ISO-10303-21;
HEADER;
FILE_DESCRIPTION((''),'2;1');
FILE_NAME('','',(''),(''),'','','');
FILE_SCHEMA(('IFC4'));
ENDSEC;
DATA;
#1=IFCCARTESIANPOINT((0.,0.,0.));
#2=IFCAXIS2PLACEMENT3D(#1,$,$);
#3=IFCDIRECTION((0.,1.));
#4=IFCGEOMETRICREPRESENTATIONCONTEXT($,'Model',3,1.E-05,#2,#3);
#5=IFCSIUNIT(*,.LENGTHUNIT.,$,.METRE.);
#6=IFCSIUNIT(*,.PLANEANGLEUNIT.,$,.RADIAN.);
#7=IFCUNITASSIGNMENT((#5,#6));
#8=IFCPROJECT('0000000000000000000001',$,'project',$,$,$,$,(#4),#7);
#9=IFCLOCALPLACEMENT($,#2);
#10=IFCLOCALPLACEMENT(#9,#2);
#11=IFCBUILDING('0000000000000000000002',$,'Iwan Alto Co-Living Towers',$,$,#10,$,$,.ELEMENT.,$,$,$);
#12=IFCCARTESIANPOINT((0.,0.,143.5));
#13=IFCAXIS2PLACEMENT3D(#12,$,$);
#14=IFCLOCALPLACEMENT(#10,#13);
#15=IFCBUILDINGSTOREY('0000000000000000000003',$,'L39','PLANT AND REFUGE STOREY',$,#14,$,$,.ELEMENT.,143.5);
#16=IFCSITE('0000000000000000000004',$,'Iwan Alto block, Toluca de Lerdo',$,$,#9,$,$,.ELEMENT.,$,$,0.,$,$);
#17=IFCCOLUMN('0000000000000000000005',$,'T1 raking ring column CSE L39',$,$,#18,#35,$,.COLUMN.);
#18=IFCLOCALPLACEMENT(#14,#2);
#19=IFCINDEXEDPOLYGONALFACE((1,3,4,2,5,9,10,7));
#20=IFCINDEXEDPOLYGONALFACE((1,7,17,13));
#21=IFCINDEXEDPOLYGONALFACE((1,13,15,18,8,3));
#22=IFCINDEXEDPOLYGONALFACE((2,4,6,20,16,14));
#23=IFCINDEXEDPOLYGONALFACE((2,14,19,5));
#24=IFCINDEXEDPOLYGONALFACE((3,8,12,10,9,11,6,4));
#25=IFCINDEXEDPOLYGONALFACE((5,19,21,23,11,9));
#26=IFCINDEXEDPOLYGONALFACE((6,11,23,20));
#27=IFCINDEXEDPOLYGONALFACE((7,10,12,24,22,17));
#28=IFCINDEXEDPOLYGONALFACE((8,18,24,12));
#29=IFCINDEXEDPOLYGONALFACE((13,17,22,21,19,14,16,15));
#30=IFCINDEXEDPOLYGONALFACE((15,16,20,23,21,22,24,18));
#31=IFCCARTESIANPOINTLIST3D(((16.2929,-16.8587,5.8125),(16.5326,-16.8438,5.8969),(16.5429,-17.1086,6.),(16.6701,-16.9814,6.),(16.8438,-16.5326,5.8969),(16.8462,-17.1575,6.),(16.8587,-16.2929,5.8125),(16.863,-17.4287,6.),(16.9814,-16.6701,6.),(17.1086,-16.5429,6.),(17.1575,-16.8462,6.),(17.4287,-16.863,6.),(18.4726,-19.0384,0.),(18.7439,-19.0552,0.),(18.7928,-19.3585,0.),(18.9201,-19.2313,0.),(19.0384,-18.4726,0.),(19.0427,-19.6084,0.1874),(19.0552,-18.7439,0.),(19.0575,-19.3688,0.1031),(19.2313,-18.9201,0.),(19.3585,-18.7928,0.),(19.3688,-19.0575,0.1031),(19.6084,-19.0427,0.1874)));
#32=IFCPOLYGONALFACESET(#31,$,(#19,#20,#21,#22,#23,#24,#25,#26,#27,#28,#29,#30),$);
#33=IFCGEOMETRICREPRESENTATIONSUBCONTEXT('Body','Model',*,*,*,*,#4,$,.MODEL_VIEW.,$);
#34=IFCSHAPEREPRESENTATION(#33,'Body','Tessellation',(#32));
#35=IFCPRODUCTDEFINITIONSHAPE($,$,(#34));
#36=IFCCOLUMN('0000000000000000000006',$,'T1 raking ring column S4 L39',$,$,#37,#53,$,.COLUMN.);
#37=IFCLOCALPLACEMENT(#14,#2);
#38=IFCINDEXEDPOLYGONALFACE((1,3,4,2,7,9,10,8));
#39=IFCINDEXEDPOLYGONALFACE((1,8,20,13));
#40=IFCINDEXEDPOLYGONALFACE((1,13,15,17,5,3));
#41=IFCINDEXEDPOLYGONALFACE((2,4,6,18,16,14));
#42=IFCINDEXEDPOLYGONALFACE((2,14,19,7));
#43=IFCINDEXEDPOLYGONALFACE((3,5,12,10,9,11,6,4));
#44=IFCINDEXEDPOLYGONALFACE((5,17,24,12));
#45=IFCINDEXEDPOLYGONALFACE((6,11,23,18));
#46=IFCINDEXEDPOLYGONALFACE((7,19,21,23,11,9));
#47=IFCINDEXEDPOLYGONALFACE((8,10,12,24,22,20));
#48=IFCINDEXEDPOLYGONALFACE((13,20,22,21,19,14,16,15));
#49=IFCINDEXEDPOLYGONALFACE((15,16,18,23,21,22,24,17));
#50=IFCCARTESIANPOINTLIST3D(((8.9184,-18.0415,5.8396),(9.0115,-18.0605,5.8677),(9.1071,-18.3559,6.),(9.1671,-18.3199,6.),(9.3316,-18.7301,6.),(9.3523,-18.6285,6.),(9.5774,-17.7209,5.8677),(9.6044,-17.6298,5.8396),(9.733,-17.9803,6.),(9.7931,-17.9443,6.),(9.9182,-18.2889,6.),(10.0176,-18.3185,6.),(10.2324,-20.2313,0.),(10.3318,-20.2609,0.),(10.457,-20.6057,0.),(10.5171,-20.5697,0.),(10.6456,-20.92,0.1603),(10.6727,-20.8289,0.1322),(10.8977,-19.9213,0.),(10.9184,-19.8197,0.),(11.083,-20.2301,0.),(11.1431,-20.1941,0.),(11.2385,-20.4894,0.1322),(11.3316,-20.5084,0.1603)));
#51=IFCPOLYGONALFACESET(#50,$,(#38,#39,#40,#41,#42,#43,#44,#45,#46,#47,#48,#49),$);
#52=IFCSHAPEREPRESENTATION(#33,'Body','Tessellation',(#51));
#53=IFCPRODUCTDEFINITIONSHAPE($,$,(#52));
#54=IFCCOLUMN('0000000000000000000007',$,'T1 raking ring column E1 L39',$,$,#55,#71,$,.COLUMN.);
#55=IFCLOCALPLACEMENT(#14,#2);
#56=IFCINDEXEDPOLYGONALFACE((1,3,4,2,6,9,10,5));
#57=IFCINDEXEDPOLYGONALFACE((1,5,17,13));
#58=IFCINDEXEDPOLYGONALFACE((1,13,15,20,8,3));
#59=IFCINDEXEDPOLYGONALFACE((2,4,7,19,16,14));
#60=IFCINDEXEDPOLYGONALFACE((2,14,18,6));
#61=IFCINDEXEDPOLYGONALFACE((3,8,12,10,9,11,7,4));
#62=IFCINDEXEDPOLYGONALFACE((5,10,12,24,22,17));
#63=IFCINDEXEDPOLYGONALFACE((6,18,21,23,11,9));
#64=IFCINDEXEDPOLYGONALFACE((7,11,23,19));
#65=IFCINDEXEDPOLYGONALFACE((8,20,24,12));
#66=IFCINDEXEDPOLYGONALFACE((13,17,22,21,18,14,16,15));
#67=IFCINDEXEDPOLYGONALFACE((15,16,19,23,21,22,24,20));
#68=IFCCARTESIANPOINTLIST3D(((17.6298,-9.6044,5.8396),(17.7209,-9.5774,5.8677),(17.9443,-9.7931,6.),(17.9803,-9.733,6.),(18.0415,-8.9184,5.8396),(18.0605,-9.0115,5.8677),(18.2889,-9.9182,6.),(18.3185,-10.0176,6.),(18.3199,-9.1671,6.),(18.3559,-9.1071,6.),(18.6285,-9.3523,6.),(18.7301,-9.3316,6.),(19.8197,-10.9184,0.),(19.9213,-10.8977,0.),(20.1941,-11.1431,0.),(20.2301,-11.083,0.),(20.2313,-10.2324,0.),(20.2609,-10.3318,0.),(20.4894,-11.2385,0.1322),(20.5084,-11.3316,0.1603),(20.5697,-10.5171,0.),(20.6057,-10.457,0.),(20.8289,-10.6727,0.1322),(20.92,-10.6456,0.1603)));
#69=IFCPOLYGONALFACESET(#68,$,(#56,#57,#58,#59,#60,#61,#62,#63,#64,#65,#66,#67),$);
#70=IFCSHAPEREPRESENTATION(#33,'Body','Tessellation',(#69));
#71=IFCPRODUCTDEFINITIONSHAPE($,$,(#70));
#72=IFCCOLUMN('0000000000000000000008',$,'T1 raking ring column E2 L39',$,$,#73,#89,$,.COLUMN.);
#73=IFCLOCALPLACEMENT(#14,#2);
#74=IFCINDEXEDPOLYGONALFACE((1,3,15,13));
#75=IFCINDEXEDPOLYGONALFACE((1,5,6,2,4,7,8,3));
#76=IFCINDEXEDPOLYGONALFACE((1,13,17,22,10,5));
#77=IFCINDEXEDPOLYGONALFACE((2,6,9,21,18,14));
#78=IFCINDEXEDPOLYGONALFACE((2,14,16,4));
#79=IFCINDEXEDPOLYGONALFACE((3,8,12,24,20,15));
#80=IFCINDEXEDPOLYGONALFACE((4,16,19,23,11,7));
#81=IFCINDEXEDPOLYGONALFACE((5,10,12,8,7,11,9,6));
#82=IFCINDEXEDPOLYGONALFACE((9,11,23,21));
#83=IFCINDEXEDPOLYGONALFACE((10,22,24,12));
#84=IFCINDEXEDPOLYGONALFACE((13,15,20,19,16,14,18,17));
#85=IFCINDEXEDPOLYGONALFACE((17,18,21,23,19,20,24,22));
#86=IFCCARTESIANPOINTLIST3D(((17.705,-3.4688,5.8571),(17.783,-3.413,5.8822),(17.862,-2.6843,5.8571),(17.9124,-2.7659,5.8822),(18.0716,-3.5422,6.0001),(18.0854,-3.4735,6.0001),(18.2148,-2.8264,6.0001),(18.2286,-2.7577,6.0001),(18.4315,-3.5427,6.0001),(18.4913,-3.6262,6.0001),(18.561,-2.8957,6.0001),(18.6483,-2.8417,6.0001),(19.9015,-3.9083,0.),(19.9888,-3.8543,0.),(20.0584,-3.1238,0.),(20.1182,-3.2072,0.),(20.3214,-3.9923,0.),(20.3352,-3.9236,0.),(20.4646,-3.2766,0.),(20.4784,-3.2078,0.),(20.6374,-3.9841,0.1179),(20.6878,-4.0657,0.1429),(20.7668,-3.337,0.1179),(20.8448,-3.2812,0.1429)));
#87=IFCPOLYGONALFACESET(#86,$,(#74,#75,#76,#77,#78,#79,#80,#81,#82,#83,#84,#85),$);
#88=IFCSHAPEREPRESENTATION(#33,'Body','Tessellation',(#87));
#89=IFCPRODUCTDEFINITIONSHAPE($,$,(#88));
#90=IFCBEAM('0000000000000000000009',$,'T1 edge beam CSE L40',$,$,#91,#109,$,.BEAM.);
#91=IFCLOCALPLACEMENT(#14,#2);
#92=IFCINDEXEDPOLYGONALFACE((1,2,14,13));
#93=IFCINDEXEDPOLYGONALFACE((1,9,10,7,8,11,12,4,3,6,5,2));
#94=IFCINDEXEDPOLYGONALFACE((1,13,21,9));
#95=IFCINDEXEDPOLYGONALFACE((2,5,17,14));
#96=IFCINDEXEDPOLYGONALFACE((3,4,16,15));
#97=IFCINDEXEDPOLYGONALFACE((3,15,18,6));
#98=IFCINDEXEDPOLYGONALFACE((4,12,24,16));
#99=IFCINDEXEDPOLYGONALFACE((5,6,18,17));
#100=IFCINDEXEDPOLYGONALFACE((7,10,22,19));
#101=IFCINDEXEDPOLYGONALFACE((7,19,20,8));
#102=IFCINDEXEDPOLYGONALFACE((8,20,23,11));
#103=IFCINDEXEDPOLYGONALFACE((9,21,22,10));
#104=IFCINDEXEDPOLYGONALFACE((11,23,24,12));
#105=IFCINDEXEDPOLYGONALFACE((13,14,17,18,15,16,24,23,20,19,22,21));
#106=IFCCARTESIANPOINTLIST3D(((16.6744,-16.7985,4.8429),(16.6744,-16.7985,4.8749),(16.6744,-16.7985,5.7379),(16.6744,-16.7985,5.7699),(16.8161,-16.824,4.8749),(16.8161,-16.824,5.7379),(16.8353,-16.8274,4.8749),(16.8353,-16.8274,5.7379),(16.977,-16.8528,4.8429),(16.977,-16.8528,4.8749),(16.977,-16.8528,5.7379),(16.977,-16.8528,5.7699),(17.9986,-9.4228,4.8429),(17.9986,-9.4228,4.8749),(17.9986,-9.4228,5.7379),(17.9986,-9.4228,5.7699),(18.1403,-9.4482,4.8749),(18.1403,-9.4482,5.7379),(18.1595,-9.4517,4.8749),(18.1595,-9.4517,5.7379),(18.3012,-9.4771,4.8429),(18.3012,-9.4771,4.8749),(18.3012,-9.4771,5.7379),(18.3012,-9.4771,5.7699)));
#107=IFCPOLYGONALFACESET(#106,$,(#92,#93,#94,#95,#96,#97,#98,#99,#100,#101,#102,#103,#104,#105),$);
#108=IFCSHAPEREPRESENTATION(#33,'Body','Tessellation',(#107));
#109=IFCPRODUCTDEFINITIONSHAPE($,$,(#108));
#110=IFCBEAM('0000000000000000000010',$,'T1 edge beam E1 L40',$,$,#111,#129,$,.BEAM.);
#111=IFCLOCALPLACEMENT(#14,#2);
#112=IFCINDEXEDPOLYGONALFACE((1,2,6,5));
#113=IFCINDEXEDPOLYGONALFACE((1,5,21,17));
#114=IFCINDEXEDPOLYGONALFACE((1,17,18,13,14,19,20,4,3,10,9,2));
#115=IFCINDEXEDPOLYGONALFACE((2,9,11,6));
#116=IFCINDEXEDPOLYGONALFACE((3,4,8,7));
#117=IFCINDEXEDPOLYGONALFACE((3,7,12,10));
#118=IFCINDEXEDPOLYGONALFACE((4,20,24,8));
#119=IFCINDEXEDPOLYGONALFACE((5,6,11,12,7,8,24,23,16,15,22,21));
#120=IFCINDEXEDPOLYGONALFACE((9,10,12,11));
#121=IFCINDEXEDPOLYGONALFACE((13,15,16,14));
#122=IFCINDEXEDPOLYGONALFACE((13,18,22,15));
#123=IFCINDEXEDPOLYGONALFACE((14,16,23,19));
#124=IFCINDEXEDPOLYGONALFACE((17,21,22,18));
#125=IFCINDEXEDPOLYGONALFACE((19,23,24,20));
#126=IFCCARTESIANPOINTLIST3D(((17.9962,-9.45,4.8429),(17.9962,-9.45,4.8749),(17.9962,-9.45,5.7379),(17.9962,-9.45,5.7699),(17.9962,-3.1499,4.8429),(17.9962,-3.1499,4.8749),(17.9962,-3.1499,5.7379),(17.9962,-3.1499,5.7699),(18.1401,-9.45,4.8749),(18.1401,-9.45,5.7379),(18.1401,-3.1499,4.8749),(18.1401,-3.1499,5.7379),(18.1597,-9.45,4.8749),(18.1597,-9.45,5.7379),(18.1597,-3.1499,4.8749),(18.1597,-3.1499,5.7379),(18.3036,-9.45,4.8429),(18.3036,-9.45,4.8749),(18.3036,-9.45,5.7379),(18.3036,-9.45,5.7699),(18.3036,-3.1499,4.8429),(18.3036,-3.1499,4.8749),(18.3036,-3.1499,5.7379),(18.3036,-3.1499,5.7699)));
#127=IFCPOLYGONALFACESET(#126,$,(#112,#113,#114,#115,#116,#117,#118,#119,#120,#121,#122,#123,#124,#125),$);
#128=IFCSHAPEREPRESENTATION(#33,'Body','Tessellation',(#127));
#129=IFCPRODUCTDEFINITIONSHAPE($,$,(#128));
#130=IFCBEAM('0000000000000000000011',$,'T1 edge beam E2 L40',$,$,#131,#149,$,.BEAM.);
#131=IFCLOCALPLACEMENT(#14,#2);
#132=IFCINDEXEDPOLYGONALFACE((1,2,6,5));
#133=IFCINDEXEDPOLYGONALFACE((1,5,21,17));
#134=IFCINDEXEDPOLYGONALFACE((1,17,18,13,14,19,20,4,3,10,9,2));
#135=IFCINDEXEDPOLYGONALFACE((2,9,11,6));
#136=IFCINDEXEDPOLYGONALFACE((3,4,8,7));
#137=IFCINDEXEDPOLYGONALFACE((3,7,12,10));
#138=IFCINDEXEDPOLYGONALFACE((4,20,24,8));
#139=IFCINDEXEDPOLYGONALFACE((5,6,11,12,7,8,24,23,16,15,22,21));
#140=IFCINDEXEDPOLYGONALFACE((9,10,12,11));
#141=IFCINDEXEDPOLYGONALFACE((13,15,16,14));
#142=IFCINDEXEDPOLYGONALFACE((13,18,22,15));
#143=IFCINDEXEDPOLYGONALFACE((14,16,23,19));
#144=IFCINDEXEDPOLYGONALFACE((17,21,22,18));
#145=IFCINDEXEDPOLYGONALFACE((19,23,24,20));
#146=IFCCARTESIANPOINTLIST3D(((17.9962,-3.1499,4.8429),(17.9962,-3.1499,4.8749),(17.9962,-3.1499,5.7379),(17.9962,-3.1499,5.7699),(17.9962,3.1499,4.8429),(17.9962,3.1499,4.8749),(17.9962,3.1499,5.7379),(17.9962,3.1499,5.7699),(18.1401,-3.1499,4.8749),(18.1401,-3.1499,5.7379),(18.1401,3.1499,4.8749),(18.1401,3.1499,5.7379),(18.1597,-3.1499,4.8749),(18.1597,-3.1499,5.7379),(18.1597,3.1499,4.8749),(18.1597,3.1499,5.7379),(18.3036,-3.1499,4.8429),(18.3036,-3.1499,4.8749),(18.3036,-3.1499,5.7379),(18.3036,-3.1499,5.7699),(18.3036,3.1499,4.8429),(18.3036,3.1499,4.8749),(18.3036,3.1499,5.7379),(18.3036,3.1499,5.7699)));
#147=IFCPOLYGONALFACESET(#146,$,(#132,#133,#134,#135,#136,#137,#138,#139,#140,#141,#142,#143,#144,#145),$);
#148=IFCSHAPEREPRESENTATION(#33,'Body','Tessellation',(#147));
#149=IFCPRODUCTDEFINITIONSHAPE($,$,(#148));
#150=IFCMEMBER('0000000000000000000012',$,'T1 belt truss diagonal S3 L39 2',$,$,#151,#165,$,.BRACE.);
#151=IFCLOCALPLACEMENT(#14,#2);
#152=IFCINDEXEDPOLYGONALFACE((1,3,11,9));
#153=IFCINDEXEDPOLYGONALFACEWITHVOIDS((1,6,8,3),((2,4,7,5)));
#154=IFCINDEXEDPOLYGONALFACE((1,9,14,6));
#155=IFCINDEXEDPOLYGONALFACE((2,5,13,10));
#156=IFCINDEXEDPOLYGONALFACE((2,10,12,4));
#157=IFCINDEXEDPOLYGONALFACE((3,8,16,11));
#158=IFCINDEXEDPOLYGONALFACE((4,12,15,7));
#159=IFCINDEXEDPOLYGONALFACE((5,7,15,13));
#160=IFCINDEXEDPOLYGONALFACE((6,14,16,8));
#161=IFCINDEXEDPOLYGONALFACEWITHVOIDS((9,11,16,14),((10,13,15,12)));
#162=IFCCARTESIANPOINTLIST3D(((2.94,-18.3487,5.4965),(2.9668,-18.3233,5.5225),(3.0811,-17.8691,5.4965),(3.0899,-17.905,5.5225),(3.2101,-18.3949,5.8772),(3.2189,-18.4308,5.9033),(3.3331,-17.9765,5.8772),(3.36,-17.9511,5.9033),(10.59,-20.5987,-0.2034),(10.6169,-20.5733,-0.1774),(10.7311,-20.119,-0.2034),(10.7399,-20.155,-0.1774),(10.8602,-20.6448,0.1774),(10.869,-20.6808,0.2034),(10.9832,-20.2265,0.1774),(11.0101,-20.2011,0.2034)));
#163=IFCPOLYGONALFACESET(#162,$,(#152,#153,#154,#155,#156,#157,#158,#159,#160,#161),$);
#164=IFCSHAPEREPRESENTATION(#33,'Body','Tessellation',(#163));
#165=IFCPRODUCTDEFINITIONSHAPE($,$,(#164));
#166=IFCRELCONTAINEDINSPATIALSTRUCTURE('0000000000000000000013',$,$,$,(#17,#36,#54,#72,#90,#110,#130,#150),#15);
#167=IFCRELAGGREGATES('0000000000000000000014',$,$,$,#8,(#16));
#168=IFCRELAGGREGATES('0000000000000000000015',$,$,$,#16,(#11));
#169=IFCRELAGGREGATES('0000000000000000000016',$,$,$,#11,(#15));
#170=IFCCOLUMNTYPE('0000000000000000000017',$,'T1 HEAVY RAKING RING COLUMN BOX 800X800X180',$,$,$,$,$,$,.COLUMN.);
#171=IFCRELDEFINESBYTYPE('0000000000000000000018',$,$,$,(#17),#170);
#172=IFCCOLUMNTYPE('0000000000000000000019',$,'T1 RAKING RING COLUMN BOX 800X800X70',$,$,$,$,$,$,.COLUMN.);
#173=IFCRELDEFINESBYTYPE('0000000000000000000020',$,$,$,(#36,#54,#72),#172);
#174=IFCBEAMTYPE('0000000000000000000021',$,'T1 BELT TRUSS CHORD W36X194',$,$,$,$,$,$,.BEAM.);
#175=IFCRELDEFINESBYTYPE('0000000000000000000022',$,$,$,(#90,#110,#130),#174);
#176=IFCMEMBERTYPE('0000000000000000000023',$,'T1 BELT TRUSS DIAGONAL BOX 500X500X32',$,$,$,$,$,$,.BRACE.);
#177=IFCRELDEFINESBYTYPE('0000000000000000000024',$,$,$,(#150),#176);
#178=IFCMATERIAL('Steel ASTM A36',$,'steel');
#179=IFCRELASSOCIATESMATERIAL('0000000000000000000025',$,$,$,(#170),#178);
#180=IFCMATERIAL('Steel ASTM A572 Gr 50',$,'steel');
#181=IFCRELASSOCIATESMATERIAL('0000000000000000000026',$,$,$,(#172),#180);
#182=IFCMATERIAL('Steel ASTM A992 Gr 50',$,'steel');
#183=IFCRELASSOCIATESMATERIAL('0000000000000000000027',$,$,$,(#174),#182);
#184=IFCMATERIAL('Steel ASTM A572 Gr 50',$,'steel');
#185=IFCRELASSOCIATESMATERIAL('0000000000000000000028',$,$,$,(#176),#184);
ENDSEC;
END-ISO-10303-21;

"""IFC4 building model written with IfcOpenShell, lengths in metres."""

from ifc_helpers import new_model, si_unit, direction, frame, origin, origin_2d, place, context, subcontext, project, spatial, hollow_rectangle, i_section, extrude, clip, halfspace, material, material_profile, profile_set, type_object, element, save


model = new_model("IFC4")

# Units and contexts
model_context = context("Model", 3, precision=1e-05, world=origin(), true_north=direction((0.0, 1.0)))
body_context = subcontext(model_context, "Body", "Model", "MODEL_VIEW")
ifc_project = project(units=[si_unit("LENGTHUNIT", "METRE"), si_unit("PLANEANGLEUNIT", "RADIAN")], contexts=[model_context])

# Site, building, storey
site_placement = place(None, origin())
site = spatial("IfcSite", under=ifc_project, at=site_placement, Name="Iwan Alto block, Toluca de Lerdo", CompositionType="ELEMENT", RefElevation=0.0)
building_placement = place(site_placement, origin())
building = spatial("IfcBuilding", under=site, at=building_placement, Name="Iwan Alto Co-Living Towers", CompositionType="ELEMENT")
storey_placement = place(building_placement, frame((0.0, 0.0, 143.5)))
storey = spatial("IfcBuildingStorey", under=building, at=storey_placement, Name="L39", Description="PLANT AND REFUGE STOREY", CompositionType="ELEMENT", Elevation=143.5)

# Columns
ifc_material_1 = material(Name="Steel ASTM A36", Category="steel")
ifc_material_profile_1 = material_profile(ifc_material_1, hollow_rectangle(XDim=0.8, YDim=0.8, WallThickness=0.1799, at=origin_2d()), Name="BOX 800X800X180")
ifc_profile_set_1 = profile_set([ifc_material_profile_1], Name="Steel ASTM A36")
column_type_1 = type_object("IfcColumnType", Name="T1 HEAVY RAKING RING COLUMN BOX 800X800X180", PredefinedType="COLUMN", material=ifc_profile_set_1)
column_1_placement = place(storey_placement, frame((19.0757, -19.0757, 0.0), z_axis=(-0.331295, 0.331295, 0.883452), x_axis=(-0.707107, -0.707107, 0.0)))
element("IfcColumn", 1, at=column_1_placement, inside=storey, type_object=column_type_1, Name="T1 raking ring column CSE L39", PredefinedType="COLUMN", context=body_context, shape_type="Clipping", body=[
    clip(clip(extrude(hollow_rectangle(XDim=0.8, YDim=0.8, WallThickness=0.1799, at=origin_2d()), origin(), (0.0, 0.0, 1.0), 6.7915), halfspace(frame((0.0, 0.0, 0.0), z_axis=(0.0, -0.468521, -0.883452), x_axis=(-0.707107, 0.624695, -0.331295)), False)), halfspace(frame((0.0, 2.811, 5.3008), z_axis=(0.0, 0.468521, 0.883452), x_axis=(-0.707107, 0.624695, -0.331295)), False)),
])
ifc_material_2 = material(Name="Steel ASTM A572 Gr 50", Category="steel")
ifc_material_profile_2 = material_profile(ifc_material_2, hollow_rectangle(XDim=0.8, YDim=0.8, WallThickness=0.0701, at=origin_2d()), Name="BOX 800X800X70")
ifc_profile_set_2 = profile_set([ifc_material_profile_2], Name="Steel ASTM A572 Gr 50")
column_type_2 = type_object("IfcColumnType", Name="T1 RAKING RING COLUMN BOX 800X800X70", PredefinedType="COLUMN", material=ifc_profile_set_2)
column_2_placement = place(storey_placement, frame((10.8, -20.3999, 0.0), z_axis=(-0.206163, 0.34358, 0.916215), x_axis=(-0.857477, -0.514523, 0.0)))
element("IfcColumn", 2, at=column_2_placement, inside=storey, type_object=column_type_2, Name="T1 raking ring column S4 L39", PredefinedType="COLUMN", context=body_context, shape_type="Clipping", body=[
    clip(clip(extrude(hollow_rectangle(XDim=0.8, YDim=0.8, WallThickness=0.0701, at=origin_2d()), origin(), (0.0, 0.0, 1.0), 6.5486), halfspace(frame((0.0, 0.0, 0.0), z_axis=(0.0, -0.400688, -0.916215), x_axis=(-0.857477, 0.471414, -0.206163)), False)), halfspace(frame((0.0, 2.4041, 5.4973), z_axis=(0.0, 0.400688, 0.916215), x_axis=(-0.857477, 0.471414, -0.206163)), False)),
])
column_3_placement = place(storey_placement, frame((20.3999, -10.8, 0.0), z_axis=(-0.34358, 0.206163, 0.916215), x_axis=(-0.514523, -0.857477, 0.0)))
element("IfcColumn", 3, at=column_3_placement, inside=storey, type_object=column_type_2, Name="T1 raking ring column E1 L39", PredefinedType="COLUMN", context=body_context, shape_type="Clipping", body=[
    clip(clip(extrude(hollow_rectangle(XDim=0.8, YDim=0.8, WallThickness=0.0701, at=origin_2d()), origin(), (0.0, 0.0, 1.0), 6.5486), halfspace(frame((0.0, 0.0, 0.0), z_axis=(0.0, -0.400688, -0.916215), x_axis=(-0.514523, 0.785632, -0.34358)), False)), halfspace(frame((0.0, 2.4041, 5.4973), z_axis=(0.0, 0.400688, 0.916215), x_axis=(-0.514523, 0.785632, -0.34358)), False)),
])
column_4_placement = place(storey_placement, frame((20.3999, -3.6001, 0.0), z_axis=(-0.35026, 0.070082, 0.934027), x_axis=(-0.196198, -0.980564, 0.0)))
element("IfcColumn", 4, at=column_4_placement, inside=storey, type_object=column_type_2, Name="T1 raking ring column E2 L39", PredefinedType="COLUMN", context=body_context, shape_type="Clipping", body=[
    clip(clip(extrude(hollow_rectangle(XDim=0.8, YDim=0.8, WallThickness=0.0701, at=origin_2d()), origin(), (0.0, 0.0, 1.0), 6.4238), halfspace(frame((0.0, 0.0, 0.0), z_axis=(0.0, -0.357203, -0.934027), x_axis=(-0.196198, 0.915873, -0.35026)), False)), halfspace(frame((0.0, 2.1433, 5.6042), z_axis=(0.0, 0.357203, 0.934027), x_axis=(-0.196198, 0.915873, -0.35026)), False)),
])

# Beams
ifc_material_3 = material(Name="Steel ASTM A992 Gr 50", Category="steel")
ifc_material_profile_3 = material_profile(ifc_material_3, i_section(OverallWidth=0.3074, OverallDepth=0.927, WebThickness=0.0195, FlangeThickness=0.032, at=origin_2d()), Name="W36X194")
ifc_profile_set_3 = profile_set([ifc_material_profile_3], Name="Steel ASTM A992 Gr 50")
beam_type_1 = type_object("IfcBeamType", Name="T1 BELT TRUSS CHORD W36X194", PredefinedType="BEAM", material=ifc_profile_set_3)
beam_1_placement = place(storey_placement, frame((16.8257, -16.8257, 5.3064), z_axis=(0.176712, 0.984263, 0.0), x_axis=(-0.984263, 0.176712, 0.0)))
element("IfcBeam", 5, at=beam_1_placement, inside=storey, type_object=beam_type_1, Name="T1 edge beam CSE L40", PredefinedType="BEAM", context=body_context, shape_type="SweptSolid", body=[
    extrude(i_section(OverallWidth=0.3074, OverallDepth=0.927, WebThickness=0.0195, FlangeThickness=0.032, at=origin_2d()), origin(), (0.0, 0.0, 1.0), 7.4937),
])
beam_2_placement = place(storey_placement, frame((18.1499, -9.45, 5.3064), z_axis=(0.0, 1.0, 0.0), x_axis=(-1.0, 0.0, 0.0)))
element("IfcBeam", 6, at=beam_2_placement, inside=storey, type_object=beam_type_1, Name="T1 edge beam E1 L40", PredefinedType="BEAM", context=body_context, shape_type="SweptSolid", body=[
    extrude(i_section(OverallWidth=0.3074, OverallDepth=0.927, WebThickness=0.0195, FlangeThickness=0.032, at=origin_2d()), origin(), (0.0, 0.0, 1.0), 6.3),
])
beam_3_placement = place(storey_placement, frame((18.1499, -3.1499, 5.3064), z_axis=(0.0, 1.0, 0.0), x_axis=(-1.0, 0.0, 0.0)))
element("IfcBeam", 7, at=beam_3_placement, inside=storey, type_object=beam_type_1, Name="T1 edge beam E2 L40", PredefinedType="BEAM", context=body_context, shape_type="SweptSolid", body=[
    extrude(i_section(OverallWidth=0.3074, OverallDepth=0.927, WebThickness=0.0195, FlangeThickness=0.032, at=origin_2d()), origin(), (0.0, 0.0, 1.0), 6.2998),
])

# Member
ifc_material_4 = material(Name="Steel ASTM A572 Gr 50", Category="steel")
ifc_material_profile_4 = material_profile(ifc_material_4, hollow_rectangle(XDim=0.5, YDim=0.5, WallThickness=0.032, at=origin_2d()), Name="BOX 500X500X32")
ifc_profile_set_4 = profile_set([ifc_material_profile_4], Name="Steel ASTM A572 Gr 50")
member_type_1 = type_object("IfcMemberType", Name="T1 BELT TRUSS DIAGONAL BOX 500X500X32", PredefinedType="BRACE", material=ifc_profile_set_4)
member_1_placement = place(storey_placement, frame((10.8, -20.3999, 0.0), z_axis=(-0.780478, 0.229548, 0.581517), x_axis=(-0.282161, -0.959367, 0.0)))
element("IfcMember", 8, at=member_1_placement, inside=storey, type_object=member_type_1, Name="T1 belt truss diagonal S3 L39 2", PredefinedType="BRACE", context=body_context, shape_type="SweptSolid", body=[
    extrude(hollow_rectangle(XDim=0.5, YDim=0.5, WallThickness=0.032, at=origin_2d()), origin(), (0.0, 0.0, 1.0), 9.8018),
])

save(model, "model.ifc")
